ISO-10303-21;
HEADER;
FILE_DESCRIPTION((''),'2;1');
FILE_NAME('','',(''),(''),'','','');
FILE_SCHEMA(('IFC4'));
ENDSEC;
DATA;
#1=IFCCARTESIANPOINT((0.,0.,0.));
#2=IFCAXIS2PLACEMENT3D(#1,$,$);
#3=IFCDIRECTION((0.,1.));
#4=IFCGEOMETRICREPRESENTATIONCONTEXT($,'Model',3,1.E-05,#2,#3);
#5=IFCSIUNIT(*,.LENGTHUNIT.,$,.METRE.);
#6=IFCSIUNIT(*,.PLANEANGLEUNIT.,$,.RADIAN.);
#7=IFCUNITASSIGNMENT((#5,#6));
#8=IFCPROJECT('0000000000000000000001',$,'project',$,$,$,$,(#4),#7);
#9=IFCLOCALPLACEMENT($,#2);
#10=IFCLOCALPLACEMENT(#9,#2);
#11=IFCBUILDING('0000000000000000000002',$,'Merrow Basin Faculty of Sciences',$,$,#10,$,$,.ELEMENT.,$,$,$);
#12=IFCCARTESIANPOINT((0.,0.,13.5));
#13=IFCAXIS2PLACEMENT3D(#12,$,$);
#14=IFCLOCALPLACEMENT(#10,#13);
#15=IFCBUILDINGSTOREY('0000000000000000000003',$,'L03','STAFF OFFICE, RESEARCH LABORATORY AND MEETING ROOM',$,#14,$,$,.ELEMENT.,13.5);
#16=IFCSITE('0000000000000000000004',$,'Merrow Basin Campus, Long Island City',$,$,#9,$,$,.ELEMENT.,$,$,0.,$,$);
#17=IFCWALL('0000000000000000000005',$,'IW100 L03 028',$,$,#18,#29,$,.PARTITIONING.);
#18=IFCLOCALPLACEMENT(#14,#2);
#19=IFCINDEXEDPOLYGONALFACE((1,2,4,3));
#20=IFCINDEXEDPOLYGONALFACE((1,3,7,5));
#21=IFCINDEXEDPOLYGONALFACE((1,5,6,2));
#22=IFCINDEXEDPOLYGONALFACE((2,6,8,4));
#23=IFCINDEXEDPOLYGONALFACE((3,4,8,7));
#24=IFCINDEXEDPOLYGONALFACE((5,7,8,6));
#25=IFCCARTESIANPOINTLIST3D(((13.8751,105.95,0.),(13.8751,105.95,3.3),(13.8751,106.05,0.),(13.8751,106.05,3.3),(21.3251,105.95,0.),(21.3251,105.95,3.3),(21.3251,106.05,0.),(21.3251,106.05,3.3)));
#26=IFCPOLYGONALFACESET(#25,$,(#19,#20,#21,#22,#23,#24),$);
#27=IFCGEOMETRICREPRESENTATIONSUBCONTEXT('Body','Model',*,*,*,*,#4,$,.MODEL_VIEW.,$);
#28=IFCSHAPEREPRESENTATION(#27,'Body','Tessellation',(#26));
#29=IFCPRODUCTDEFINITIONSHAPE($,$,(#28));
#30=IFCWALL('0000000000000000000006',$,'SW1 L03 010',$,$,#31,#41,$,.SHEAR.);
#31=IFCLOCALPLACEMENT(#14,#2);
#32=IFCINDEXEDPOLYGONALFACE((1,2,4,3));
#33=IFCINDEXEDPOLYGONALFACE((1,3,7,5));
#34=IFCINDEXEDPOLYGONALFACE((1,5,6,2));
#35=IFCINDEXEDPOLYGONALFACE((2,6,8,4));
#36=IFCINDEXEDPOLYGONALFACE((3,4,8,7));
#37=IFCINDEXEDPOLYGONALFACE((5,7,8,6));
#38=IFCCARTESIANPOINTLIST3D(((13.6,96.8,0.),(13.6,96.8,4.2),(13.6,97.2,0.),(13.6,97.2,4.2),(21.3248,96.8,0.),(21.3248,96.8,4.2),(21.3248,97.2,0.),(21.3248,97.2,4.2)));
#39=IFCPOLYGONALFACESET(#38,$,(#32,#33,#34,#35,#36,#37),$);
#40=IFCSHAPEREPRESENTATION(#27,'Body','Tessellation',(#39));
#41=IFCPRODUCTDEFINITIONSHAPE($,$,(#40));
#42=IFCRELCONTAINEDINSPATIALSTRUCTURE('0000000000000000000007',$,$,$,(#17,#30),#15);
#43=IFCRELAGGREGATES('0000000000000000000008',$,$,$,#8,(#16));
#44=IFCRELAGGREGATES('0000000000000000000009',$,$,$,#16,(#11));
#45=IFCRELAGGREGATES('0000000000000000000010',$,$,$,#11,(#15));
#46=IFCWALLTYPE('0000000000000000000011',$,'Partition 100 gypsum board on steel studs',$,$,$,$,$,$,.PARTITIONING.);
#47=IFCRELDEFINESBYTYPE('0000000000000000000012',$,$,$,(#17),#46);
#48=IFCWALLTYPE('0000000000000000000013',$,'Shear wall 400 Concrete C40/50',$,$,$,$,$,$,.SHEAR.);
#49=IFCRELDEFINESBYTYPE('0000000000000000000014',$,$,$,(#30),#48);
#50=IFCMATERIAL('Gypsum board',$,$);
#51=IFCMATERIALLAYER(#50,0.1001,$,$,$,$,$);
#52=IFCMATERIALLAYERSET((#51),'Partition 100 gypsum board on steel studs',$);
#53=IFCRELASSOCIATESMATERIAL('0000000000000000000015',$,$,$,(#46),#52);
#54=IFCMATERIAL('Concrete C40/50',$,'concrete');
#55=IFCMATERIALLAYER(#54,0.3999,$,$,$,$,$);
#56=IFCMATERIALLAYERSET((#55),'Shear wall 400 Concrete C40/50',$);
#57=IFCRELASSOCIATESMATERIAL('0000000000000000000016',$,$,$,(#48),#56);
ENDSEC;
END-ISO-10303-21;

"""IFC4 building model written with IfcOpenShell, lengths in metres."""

from ifc_helpers import new_model, si_unit, direction, frame, frame_2d, origin, place, context, subcontext, project, spatial, rectangle, extrude, material, layer, layer_set, type_object, element, save


model = new_model("IFC4")

# Units and contexts
model_context = context("Model", 3, precision=1e-05, world=origin(), true_north=direction((0.0, 1.0)))
body_context = subcontext(model_context, "Body", "Model", "MODEL_VIEW")
ifc_project = project(units=[si_unit("LENGTHUNIT", "METRE"), si_unit("PLANEANGLEUNIT", "RADIAN")], contexts=[model_context])

# Site, building, storey
site_placement = place(None, origin())
site = spatial("IfcSite", under=ifc_project, at=site_placement, Name="Merrow Basin Campus, Long Island City", CompositionType="ELEMENT", RefElevation=0.0)
building_placement = place(site_placement, origin())
building = spatial("IfcBuilding", under=site, at=building_placement, Name="Merrow Basin Faculty of Sciences", CompositionType="ELEMENT")
storey_placement = place(building_placement, frame((0.0, 0.0, 13.5)))
storey = spatial("IfcBuildingStorey", under=building, at=storey_placement, Name="L03", Description="STAFF OFFICE, RESEARCH LABORATORY AND MEETING ROOM", CompositionType="ELEMENT", Elevation=13.5)

# Walls
ifc_material_1 = material(Name="Gypsum board")
ifc_layer_1 = layer(ifc_material_1, 0.1001)
ifc_layer_set_1 = layer_set([ifc_layer_1], Name="Partition 100 gypsum board on steel studs")
wall_type_1 = type_object("IfcWallType", Name="Partition 100 gypsum board on steel studs", PredefinedType="PARTITIONING", material=ifc_layer_set_1)
wall_1_placement = place(storey_placement, frame((13.875, 106.0, 0.0), z_axis=(0.0, 0.0, 1.0), x_axis=(1.0, 0.0, 0.0)))
element("IfcWall", 1, at=wall_1_placement, inside=storey, type_object=wall_type_1, Name="IW100 L03 028", PredefinedType="PARTITIONING", context=body_context, shape_type="SweptSolid", body=[
    extrude(rectangle(XDim=7.45, YDim=0.1001, at=frame_2d((3.7251, 0.0))), origin(), (0.0, 0.0, 1.0), 3.3),
])
ifc_material_2 = material(Name="Concrete C40/50", Category="concrete")
ifc_layer_2 = layer(ifc_material_2, 0.3999)
ifc_layer_set_2 = layer_set([ifc_layer_2], Name="Shear wall 400 Concrete C40/50")
wall_type_2 = type_object("IfcWallType", Name="Shear wall 400 Concrete C40/50", PredefinedType="SHEAR", material=ifc_layer_set_2)
wall_2_placement = place(storey_placement, frame((13.6001, 97.0, 0.0), z_axis=(0.0, 0.0, 1.0), x_axis=(1.0, 0.0, 0.0)))
element("IfcWall", 2, at=wall_2_placement, inside=storey, type_object=wall_type_2, Name="SW1 L03 010", PredefinedType="SHEAR", context=body_context, shape_type="SweptSolid", body=[
    extrude(rectangle(XDim=7.7249, YDim=0.3999, at=frame_2d((3.8623, 0.0))), origin(), (0.0, 0.0, 1.0), 4.2),
])

save(model, "model.ifc")
